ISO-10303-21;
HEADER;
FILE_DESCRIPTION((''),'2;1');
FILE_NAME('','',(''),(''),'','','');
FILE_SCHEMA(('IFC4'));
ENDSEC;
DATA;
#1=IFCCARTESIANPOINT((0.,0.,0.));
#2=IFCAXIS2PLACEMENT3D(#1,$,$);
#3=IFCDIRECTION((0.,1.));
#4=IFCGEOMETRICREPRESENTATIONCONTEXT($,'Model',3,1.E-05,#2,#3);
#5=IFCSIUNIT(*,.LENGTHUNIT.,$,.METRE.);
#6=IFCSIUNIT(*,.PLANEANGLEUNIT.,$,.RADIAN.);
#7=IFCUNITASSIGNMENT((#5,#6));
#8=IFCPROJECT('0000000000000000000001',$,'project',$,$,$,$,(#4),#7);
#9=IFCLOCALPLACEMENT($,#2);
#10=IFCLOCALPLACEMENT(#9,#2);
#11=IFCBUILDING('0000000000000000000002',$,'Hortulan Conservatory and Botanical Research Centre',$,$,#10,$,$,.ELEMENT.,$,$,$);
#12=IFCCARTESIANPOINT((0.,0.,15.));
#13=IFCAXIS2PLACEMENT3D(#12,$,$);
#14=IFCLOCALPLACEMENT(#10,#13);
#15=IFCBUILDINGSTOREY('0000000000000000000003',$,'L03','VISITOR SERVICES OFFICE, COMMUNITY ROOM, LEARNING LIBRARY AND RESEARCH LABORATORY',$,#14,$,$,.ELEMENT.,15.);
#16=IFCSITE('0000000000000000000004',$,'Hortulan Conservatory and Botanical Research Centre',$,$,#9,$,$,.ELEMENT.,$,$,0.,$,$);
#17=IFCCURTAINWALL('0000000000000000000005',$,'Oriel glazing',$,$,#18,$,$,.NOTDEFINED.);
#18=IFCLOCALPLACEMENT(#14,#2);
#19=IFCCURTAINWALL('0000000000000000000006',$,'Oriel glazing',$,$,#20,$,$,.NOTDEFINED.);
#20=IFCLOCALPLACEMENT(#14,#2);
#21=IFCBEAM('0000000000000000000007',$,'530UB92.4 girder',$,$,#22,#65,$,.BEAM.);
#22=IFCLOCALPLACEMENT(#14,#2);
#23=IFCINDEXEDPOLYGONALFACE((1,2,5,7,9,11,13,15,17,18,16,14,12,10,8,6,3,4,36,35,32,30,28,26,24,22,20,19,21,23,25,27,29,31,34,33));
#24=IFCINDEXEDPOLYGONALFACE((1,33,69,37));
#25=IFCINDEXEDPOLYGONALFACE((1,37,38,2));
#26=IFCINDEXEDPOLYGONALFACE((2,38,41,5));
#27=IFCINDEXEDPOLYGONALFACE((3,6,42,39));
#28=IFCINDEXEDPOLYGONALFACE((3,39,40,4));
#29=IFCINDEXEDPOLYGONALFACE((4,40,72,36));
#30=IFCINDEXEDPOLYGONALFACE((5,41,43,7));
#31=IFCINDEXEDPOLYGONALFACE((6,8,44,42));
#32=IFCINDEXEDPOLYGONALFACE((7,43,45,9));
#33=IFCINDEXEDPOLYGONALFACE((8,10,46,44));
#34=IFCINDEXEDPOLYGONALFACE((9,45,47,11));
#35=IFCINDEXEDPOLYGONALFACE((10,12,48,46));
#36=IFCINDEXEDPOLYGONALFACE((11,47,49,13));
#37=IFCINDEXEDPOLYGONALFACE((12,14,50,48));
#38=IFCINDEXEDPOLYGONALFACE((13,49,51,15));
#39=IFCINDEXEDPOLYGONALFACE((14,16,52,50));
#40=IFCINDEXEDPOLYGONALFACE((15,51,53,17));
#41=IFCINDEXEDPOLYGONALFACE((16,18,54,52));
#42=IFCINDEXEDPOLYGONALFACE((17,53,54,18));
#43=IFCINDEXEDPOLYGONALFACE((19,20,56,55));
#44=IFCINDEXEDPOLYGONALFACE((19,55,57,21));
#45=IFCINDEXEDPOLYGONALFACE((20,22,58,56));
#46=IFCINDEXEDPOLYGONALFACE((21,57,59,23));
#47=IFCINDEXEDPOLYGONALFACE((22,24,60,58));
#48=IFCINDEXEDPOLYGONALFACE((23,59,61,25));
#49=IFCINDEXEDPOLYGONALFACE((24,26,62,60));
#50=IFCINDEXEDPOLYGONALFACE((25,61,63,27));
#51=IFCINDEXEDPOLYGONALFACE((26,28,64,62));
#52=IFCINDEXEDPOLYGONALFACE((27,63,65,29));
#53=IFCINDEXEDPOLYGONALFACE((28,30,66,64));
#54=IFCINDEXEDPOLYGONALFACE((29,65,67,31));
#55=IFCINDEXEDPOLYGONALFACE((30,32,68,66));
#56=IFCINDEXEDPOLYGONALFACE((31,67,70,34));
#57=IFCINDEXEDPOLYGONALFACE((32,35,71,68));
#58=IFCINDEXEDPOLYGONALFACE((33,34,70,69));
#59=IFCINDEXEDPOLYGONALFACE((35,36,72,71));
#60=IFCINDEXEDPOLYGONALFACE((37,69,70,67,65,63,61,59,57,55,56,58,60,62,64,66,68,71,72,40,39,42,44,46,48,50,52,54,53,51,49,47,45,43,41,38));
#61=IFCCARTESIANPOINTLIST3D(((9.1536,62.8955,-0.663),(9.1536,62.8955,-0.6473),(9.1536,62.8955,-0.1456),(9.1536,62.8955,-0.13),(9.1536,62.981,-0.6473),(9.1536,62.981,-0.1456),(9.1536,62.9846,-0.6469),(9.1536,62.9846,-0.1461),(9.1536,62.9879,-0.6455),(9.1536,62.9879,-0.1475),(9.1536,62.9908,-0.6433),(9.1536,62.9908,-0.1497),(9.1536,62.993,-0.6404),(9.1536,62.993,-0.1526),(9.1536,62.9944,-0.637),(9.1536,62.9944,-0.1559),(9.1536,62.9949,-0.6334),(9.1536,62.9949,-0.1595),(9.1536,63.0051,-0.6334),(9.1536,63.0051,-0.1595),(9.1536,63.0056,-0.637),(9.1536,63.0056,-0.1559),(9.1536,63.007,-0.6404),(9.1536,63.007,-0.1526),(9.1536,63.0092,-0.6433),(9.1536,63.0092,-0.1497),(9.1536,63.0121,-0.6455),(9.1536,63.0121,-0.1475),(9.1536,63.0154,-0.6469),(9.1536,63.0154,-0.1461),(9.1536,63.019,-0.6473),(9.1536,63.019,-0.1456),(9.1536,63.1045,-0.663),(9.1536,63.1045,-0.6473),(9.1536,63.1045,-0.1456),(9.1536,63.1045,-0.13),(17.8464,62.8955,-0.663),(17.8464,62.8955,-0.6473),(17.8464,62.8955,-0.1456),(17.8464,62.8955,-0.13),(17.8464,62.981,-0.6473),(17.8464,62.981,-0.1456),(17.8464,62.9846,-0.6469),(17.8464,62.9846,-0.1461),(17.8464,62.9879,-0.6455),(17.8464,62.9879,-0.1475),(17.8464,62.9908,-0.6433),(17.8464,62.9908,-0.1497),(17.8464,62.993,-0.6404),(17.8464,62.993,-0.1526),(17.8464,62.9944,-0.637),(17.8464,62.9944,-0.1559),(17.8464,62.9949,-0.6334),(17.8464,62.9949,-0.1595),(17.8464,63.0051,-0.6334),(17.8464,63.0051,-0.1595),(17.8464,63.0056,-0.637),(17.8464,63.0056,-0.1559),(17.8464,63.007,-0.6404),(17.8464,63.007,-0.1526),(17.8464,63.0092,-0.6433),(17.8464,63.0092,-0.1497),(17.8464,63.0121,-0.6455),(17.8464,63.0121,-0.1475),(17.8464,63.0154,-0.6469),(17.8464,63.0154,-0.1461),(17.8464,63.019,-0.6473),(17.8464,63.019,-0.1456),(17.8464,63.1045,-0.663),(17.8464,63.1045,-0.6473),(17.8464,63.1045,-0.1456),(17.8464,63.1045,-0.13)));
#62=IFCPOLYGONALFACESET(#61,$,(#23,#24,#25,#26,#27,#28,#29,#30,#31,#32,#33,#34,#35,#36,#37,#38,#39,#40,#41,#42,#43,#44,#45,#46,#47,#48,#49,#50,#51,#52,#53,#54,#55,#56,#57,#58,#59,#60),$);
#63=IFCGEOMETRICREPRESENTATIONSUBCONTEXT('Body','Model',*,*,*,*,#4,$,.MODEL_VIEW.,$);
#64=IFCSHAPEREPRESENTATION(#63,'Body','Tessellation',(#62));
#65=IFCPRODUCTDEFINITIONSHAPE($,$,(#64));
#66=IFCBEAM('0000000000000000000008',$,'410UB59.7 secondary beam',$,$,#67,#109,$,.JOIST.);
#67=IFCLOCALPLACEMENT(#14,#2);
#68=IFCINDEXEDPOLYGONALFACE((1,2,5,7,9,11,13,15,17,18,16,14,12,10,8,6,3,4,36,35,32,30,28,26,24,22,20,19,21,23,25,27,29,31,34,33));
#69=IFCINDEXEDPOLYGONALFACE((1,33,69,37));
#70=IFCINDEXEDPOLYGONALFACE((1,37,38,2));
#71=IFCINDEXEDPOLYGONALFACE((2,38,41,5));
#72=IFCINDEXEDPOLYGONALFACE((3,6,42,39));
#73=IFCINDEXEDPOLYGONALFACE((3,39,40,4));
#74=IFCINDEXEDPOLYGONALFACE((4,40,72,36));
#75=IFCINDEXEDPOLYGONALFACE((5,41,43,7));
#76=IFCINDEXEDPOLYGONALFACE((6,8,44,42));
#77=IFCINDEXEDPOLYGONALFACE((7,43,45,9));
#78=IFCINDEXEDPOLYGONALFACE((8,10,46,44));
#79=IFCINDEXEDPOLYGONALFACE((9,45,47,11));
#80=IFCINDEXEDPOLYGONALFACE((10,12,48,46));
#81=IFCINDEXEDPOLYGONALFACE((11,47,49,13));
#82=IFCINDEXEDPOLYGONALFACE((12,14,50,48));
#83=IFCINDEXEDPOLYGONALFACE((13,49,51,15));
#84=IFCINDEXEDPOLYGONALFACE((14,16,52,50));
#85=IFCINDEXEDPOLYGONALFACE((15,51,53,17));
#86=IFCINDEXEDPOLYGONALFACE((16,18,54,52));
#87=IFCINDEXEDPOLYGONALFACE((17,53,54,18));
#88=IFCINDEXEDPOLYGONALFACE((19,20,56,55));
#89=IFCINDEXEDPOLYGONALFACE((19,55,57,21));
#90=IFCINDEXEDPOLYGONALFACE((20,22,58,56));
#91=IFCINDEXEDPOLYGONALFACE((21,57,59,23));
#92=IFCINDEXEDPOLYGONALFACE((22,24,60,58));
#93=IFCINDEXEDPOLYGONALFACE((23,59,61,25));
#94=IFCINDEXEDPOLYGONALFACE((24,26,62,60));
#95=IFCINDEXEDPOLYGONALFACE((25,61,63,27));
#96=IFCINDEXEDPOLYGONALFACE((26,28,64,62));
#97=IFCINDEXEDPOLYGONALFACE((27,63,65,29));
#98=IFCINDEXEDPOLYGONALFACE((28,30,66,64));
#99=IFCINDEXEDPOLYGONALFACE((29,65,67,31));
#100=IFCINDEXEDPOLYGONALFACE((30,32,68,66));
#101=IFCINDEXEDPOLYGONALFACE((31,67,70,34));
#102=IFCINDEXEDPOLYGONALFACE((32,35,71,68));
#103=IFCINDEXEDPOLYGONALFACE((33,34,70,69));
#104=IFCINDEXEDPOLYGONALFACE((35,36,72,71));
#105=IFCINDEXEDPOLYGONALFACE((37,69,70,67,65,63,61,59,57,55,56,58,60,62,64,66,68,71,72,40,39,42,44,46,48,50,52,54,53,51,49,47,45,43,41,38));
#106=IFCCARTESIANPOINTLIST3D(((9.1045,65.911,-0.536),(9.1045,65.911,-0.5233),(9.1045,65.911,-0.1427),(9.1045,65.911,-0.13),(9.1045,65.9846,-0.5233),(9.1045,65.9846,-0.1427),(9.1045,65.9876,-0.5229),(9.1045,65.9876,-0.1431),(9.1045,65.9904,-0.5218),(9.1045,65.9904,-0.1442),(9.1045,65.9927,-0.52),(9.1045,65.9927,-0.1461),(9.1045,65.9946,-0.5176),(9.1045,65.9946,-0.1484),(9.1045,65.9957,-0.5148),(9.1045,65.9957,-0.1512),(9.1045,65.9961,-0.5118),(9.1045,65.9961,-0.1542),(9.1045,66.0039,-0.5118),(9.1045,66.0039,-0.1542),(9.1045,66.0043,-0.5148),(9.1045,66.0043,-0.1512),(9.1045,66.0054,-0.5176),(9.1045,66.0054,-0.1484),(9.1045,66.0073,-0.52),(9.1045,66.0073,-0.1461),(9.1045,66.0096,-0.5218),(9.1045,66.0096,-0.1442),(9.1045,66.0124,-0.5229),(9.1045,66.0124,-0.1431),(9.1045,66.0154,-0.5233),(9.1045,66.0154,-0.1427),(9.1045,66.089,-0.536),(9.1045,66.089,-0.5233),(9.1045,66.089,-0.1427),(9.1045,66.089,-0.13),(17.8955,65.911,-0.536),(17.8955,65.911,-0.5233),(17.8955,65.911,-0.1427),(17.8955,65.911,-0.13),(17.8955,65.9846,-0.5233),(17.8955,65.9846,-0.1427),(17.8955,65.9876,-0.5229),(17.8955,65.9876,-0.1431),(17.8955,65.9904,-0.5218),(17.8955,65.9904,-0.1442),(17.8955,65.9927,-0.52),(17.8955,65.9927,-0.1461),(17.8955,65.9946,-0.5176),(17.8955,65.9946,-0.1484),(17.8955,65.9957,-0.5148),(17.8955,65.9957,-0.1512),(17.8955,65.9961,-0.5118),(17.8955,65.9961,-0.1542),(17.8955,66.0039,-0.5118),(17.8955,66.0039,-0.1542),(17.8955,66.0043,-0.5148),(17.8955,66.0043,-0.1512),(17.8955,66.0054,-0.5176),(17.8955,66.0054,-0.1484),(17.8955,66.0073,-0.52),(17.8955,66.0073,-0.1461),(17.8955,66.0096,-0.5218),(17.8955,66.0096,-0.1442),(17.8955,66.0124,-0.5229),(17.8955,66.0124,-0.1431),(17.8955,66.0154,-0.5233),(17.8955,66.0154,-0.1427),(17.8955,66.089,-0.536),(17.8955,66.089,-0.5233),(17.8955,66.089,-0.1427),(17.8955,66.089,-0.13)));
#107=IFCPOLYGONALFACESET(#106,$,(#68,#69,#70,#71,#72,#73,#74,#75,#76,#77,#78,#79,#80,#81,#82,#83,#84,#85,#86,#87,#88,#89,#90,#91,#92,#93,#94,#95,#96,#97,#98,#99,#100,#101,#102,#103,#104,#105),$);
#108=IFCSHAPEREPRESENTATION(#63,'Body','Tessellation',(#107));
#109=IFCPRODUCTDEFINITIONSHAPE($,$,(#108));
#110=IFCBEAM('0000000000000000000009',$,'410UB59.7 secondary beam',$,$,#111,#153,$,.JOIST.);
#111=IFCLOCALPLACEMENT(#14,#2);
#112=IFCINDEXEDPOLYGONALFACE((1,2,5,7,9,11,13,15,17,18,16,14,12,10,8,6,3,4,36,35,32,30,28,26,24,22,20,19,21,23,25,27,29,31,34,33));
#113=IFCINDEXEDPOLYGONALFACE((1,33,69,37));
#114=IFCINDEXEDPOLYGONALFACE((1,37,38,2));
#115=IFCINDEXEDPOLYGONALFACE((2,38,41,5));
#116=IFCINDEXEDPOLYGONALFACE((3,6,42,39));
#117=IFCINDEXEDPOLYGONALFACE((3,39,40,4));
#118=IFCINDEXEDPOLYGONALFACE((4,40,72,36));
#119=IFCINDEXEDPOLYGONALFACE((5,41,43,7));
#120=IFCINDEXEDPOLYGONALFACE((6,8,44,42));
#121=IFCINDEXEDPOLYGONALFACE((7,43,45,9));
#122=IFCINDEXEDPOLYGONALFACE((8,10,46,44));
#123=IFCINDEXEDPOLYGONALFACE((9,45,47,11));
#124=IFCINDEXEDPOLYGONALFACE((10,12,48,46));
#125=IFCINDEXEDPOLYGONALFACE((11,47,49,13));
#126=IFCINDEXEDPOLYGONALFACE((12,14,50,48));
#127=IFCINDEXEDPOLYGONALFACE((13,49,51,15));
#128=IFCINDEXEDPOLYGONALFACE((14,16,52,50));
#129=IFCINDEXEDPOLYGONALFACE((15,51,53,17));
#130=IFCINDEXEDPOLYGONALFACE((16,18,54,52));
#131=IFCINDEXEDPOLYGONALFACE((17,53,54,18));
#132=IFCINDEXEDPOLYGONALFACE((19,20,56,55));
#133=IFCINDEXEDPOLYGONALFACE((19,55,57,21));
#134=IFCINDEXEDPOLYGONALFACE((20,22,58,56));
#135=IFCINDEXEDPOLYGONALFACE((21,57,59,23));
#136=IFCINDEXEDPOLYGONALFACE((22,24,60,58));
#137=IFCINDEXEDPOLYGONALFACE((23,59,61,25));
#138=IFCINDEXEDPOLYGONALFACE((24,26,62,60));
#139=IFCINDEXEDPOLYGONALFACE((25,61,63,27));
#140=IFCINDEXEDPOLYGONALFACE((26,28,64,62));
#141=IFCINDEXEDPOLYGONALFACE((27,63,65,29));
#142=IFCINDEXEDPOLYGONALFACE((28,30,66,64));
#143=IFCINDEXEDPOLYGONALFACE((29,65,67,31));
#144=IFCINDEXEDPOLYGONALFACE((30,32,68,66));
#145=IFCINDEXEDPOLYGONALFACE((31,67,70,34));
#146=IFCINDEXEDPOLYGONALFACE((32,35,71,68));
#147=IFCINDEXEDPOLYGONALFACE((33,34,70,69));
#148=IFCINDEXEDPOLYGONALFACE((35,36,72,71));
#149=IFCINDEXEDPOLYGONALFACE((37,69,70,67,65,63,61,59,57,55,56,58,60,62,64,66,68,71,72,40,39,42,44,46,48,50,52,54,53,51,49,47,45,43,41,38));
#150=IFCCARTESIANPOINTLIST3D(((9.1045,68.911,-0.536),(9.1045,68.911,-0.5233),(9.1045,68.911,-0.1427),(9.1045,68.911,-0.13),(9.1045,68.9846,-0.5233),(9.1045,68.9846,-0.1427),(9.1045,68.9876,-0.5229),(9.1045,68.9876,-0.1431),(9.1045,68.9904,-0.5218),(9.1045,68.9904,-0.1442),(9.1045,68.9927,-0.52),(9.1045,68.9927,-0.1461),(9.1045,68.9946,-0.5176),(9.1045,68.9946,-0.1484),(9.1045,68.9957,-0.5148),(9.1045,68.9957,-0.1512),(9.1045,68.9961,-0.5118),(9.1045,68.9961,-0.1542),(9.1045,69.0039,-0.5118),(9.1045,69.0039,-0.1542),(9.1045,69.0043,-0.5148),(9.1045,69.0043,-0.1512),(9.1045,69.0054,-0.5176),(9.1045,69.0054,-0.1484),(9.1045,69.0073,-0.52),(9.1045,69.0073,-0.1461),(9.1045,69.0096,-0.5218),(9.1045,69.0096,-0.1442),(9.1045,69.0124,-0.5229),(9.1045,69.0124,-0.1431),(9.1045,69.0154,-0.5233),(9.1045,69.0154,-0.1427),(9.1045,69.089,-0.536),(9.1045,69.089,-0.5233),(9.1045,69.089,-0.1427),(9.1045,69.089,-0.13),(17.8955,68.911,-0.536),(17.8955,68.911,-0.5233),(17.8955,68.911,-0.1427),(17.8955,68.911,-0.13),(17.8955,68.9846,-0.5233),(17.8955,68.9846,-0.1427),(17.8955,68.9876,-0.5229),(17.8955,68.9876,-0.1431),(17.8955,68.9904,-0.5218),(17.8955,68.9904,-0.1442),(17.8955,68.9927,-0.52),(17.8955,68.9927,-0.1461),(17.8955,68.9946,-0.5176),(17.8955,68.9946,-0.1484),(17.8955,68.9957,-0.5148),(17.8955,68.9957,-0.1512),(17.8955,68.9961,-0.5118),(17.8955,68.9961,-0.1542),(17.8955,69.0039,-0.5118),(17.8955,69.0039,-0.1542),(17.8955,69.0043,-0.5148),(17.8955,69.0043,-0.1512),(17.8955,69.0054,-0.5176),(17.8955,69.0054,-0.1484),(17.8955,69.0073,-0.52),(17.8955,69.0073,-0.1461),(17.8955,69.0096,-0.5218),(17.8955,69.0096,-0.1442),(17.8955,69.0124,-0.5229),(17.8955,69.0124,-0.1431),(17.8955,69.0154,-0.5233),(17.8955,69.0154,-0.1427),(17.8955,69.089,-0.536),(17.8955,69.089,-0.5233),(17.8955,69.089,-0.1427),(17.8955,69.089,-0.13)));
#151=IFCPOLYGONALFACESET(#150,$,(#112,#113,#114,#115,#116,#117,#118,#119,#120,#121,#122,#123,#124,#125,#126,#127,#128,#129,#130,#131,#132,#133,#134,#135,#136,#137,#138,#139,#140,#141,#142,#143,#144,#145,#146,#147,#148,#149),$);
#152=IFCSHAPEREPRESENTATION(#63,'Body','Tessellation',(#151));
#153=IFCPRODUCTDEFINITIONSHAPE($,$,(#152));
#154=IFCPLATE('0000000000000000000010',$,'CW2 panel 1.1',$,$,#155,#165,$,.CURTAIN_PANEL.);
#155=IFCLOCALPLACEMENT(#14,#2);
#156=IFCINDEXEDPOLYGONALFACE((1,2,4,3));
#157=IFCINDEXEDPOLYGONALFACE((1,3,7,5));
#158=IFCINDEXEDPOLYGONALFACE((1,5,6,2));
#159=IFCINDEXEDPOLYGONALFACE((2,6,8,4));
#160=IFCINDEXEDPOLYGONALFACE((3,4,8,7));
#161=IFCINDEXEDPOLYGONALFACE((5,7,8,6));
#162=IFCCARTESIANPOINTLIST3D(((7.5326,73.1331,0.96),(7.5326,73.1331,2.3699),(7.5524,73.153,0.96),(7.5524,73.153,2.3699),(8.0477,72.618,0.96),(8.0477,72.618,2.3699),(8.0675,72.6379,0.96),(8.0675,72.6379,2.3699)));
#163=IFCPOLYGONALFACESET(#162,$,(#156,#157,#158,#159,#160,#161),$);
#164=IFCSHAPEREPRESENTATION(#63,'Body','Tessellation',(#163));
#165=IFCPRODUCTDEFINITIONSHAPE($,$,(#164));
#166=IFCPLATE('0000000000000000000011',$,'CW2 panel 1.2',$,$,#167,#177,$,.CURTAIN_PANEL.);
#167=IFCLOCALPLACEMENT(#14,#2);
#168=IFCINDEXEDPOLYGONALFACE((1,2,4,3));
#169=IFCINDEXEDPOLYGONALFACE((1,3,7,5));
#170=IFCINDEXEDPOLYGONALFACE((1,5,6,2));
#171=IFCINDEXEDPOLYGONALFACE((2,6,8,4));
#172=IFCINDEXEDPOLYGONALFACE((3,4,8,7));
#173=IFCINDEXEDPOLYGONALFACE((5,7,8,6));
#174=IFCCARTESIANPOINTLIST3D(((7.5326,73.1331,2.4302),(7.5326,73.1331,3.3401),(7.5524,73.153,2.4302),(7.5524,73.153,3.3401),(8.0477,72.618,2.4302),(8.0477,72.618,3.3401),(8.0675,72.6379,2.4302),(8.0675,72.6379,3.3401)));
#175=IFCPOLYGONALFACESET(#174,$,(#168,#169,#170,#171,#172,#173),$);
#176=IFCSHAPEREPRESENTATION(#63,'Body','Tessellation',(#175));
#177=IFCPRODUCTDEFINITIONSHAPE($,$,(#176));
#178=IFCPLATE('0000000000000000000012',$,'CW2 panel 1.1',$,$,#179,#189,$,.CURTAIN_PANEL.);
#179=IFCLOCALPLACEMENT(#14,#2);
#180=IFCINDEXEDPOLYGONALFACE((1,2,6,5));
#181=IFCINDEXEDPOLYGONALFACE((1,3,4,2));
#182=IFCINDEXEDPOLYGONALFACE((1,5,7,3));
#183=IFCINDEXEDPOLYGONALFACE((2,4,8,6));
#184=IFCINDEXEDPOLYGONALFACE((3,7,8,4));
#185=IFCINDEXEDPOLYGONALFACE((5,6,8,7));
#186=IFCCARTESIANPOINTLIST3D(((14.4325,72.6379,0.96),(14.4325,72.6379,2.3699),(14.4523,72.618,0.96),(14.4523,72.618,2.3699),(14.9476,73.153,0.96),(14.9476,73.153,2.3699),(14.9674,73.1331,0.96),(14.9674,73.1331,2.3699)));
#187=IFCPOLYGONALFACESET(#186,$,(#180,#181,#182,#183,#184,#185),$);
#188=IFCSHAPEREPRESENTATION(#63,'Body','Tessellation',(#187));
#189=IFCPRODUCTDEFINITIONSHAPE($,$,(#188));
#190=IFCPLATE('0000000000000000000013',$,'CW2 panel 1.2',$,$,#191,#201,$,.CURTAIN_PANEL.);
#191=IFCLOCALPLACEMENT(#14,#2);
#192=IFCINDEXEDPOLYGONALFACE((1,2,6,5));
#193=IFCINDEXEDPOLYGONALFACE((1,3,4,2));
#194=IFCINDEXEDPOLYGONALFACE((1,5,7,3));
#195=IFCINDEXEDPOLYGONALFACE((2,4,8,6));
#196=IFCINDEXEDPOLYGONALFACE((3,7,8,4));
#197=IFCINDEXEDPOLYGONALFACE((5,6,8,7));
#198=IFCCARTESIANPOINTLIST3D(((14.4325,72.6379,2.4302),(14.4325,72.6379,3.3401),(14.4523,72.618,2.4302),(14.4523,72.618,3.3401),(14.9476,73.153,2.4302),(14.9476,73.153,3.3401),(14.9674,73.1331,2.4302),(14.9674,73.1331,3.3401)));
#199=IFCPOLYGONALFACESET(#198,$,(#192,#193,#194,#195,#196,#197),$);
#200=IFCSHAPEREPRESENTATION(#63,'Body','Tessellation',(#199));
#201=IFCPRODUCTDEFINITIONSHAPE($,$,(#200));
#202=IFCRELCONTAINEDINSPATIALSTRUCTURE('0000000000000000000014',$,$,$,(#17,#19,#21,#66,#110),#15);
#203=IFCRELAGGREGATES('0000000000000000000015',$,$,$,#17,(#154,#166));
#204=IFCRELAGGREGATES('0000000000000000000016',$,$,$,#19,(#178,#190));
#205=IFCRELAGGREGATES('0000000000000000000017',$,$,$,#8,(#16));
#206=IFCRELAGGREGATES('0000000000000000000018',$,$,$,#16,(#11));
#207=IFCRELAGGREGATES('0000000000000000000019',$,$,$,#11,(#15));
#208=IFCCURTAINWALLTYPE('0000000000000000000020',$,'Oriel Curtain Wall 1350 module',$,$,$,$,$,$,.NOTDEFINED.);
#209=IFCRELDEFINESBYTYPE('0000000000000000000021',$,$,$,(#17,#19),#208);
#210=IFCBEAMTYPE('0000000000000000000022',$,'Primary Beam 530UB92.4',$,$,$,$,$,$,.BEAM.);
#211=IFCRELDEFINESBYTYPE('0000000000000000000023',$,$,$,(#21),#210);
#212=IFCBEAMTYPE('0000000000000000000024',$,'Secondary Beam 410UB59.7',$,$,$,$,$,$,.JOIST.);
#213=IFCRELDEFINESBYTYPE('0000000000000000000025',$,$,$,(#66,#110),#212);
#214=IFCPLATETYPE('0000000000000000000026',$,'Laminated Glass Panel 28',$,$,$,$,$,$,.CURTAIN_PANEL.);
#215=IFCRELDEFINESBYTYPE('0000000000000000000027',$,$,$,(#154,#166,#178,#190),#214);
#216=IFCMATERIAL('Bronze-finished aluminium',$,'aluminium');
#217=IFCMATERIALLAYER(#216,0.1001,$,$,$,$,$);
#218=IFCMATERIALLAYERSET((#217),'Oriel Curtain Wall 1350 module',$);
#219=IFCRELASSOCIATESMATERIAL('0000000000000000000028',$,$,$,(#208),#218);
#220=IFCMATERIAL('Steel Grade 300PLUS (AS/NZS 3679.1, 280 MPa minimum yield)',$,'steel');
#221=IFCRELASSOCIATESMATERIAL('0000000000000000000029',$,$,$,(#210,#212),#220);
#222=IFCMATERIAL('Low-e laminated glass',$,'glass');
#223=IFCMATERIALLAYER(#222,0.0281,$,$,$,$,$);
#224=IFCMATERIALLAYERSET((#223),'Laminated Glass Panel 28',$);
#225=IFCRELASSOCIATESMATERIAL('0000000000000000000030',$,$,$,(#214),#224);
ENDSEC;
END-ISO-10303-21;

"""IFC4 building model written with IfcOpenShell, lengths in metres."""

from ifc_helpers import new_model, si_unit, direction, frame, origin, origin_2d, place, context, subcontext, project, spatial, rectangle, i_section, extrude, material, layer, layer_set, material_profile, profile_set, type_object, element, aggregate, save


model = new_model("IFC4")

# Units and contexts
model_context = context("Model", 3, precision=1e-05, world=origin(), true_north=direction((0.0, 1.0)))
body_context = subcontext(model_context, "Body", "Model", "MODEL_VIEW")
ifc_project = project(units=[si_unit("LENGTHUNIT", "METRE"), si_unit("PLANEANGLEUNIT", "RADIAN")], contexts=[model_context])

# Site, building, storey
site_placement = place(None, origin())
site = spatial("IfcSite", under=ifc_project, at=site_placement, Name="Hortulan Conservatory and Botanical Research Centre", CompositionType="ELEMENT", RefElevation=0.0)
building_placement = place(site_placement, origin())
building = spatial("IfcBuilding", under=site, at=building_placement, Name="Hortulan Conservatory and Botanical Research Centre", CompositionType="ELEMENT")
storey_placement = place(building_placement, frame((0.0, 0.0, 15.0)))
storey = spatial("IfcBuildingStorey", under=building, at=storey_placement, Name="L03", Description="VISITOR SERVICES OFFICE, COMMUNITY ROOM, LEARNING LIBRARY AND RESEARCH LABORATORY", CompositionType="ELEMENT", Elevation=15.0)

# Shared definitions
ifc_material_1 = material(Name="Steel Grade 300PLUS (AS/NZS 3679.1, 280 MPa minimum yield)", Category="steel")

# Curtain wall
ifc_material_2 = material(Name="Bronze-finished aluminium", Category="aluminium")
ifc_layer_1 = layer(ifc_material_2, 0.1001)
ifc_layer_set_1 = layer_set([ifc_layer_1], Name="Oriel Curtain Wall 1350 module")
curtain_wall_type = type_object("IfcCurtainWallType", Name="Oriel Curtain Wall 1350 module", PredefinedType="NOTDEFINED", material=ifc_layer_set_1)
curtain_wall_1_placement = place(storey_placement, origin())
curtain_wall_1 = element("IfcCurtainWall", 1, at=curtain_wall_1_placement, inside=storey, type_object=curtain_wall_type, Name="Oriel glazing", PredefinedType="NOTDEFINED")

# Curtain wall
curtain_wall_2_placement = place(storey_placement, origin())
curtain_wall_2 = element("IfcCurtainWall", 2, at=curtain_wall_2_placement, inside=storey, type_object=curtain_wall_type, Name="Oriel glazing", PredefinedType="NOTDEFINED")

# Beams
ifc_material_profile_1 = material_profile(ifc_material_1, i_section(OverallWidth=0.209, OverallDepth=0.533, WebThickness=0.0103, FlangeThickness=0.0156, FilletRadius=0.0139, at=origin_2d()), Name="530UB92.4")
ifc_profile_set_1 = profile_set([ifc_material_profile_1], Name="Steel Grade 300PLUS (AS/NZS 3679.1, 280 MPa minimum yield)")
beam_type_1 = type_object("IfcBeamType", Name="Primary Beam 530UB92.4", PredefinedType="BEAM", material=ifc_profile_set_1)
beam_1_placement = place(storey_placement, frame((9.1536, 63.0, -0.3965), z_axis=(1.0, 0.0, 0.0), x_axis=(0.0, 1.0, 0.0)))
element("IfcBeam", 3, at=beam_1_placement, inside=storey, type_object=beam_type_1, Name="530UB92.4 girder", PredefinedType="BEAM", context=body_context, shape_type="SweptSolid", body=[
    extrude(i_section(OverallWidth=0.209, OverallDepth=0.533, WebThickness=0.0103, FlangeThickness=0.0156, FilletRadius=0.0139, at=origin_2d()), origin(), (0.0, 0.0, 1.0), 8.6929),
])
ifc_material_profile_2 = material_profile(ifc_material_1, i_section(OverallWidth=0.178, OverallDepth=0.406, WebThickness=0.0078, FlangeThickness=0.0127, FilletRadius=0.0115, at=origin_2d()), Name="410UB59.7")
ifc_profile_set_2 = profile_set([ifc_material_profile_2], Name="Steel Grade 300PLUS (AS/NZS 3679.1, 280 MPa minimum yield)")
beam_type_2 = type_object("IfcBeamType", Name="Secondary Beam 410UB59.7", PredefinedType="JOIST", material=ifc_profile_set_2)
for number, where, z_axis, x_axis, name in (
    (4, (9.1045, 66.0, -0.333), (1.0, 0.0, 0.0), (0.0, 1.0, 0.0), "410UB59.7 secondary beam"),
    (5, (9.1045, 69.0, -0.333), (1.0, 0.0, 0.0), (0.0, 1.0, 0.0), "410UB59.7 secondary beam"),
):
    element("IfcBeam", number, at=place(storey_placement, frame(where, z_axis=z_axis, x_axis=x_axis)), inside=storey, type_object=beam_type_2, Name=name, PredefinedType="JOIST", context=body_context, shape_type="SweptSolid", body=[
        extrude(i_section(OverallWidth=0.178, OverallDepth=0.406, WebThickness=0.0078, FlangeThickness=0.0127, FilletRadius=0.0115, at=origin_2d()), origin(), (0.0, 0.0, 1.0), 8.791),
    ])

# Plates
ifc_material_3 = material(Name="Low-e laminated glass", Category="glass")
ifc_layer_2 = layer(ifc_material_3, 0.0281)
ifc_layer_set_2 = layer_set([ifc_layer_2], Name="Laminated Glass Panel 28")
plate_type = type_object("IfcPlateType", Name="Laminated Glass Panel 28", PredefinedType="CURTAIN_PANEL", material=ifc_layer_set_2)
plate_1_placement = place(storey_placement, frame((7.8, 72.8855, 0.96), z_axis=(0.0, 0.0, 1.0), x_axis=(0.707107, -0.707107, 0.0)))
plate_1 = element("IfcPlate", 6, at=plate_1_placement, type_object=plate_type, Name="CW2 panel 1.1", PredefinedType="CURTAIN_PANEL", context=body_context, shape_type="SweptSolid", body=[
    extrude(rectangle(XDim=0.7285, YDim=0.0281, at=origin_2d()), origin(), (0.0, 0.0, 1.0), 1.4099),
])
plate_2_placement = place(storey_placement, frame((7.8, 72.8855, 2.4302), z_axis=(0.0, 0.0, 1.0), x_axis=(0.707107, -0.707107, 0.0)))
plate_2 = element("IfcPlate", 7, at=plate_2_placement, type_object=plate_type, Name="CW2 panel 1.2", PredefinedType="CURTAIN_PANEL", context=body_context, shape_type="SweptSolid", body=[
    extrude(rectangle(XDim=0.7285, YDim=0.0281, at=origin_2d()), origin(), (0.0, 0.0, 1.0), 0.9099),
])
aggregate(curtain_wall_1, [plate_1, plate_2])
plate_3_placement = place(storey_placement, frame((14.7, 72.8855, 0.96), z_axis=(0.0, 0.0, 1.0), x_axis=(0.707107, 0.707107, 0.0)))
plate_3 = element("IfcPlate", 8, at=plate_3_placement, type_object=plate_type, Name="CW2 panel 1.1", PredefinedType="CURTAIN_PANEL", context=body_context, shape_type="SweptSolid", body=[
    extrude(rectangle(XDim=0.7285, YDim=0.0281, at=origin_2d()), origin(), (0.0, 0.0, 1.0), 1.4099),
])
plate_4_placement = place(storey_placement, frame((14.7, 72.8855, 2.4302), z_axis=(0.0, 0.0, 1.0), x_axis=(0.707107, 0.707107, 0.0)))
plate_4 = element("IfcPlate", 9, at=plate_4_placement, type_object=plate_type, Name="CW2 panel 1.2", PredefinedType="CURTAIN_PANEL", context=body_context, shape_type="SweptSolid", body=[
    extrude(rectangle(XDim=0.7285, YDim=0.0281, at=origin_2d()), origin(), (0.0, 0.0, 1.0), 0.9099),
])
aggregate(curtain_wall_2, [plate_3, plate_4])

save(model, "model.ifc")
